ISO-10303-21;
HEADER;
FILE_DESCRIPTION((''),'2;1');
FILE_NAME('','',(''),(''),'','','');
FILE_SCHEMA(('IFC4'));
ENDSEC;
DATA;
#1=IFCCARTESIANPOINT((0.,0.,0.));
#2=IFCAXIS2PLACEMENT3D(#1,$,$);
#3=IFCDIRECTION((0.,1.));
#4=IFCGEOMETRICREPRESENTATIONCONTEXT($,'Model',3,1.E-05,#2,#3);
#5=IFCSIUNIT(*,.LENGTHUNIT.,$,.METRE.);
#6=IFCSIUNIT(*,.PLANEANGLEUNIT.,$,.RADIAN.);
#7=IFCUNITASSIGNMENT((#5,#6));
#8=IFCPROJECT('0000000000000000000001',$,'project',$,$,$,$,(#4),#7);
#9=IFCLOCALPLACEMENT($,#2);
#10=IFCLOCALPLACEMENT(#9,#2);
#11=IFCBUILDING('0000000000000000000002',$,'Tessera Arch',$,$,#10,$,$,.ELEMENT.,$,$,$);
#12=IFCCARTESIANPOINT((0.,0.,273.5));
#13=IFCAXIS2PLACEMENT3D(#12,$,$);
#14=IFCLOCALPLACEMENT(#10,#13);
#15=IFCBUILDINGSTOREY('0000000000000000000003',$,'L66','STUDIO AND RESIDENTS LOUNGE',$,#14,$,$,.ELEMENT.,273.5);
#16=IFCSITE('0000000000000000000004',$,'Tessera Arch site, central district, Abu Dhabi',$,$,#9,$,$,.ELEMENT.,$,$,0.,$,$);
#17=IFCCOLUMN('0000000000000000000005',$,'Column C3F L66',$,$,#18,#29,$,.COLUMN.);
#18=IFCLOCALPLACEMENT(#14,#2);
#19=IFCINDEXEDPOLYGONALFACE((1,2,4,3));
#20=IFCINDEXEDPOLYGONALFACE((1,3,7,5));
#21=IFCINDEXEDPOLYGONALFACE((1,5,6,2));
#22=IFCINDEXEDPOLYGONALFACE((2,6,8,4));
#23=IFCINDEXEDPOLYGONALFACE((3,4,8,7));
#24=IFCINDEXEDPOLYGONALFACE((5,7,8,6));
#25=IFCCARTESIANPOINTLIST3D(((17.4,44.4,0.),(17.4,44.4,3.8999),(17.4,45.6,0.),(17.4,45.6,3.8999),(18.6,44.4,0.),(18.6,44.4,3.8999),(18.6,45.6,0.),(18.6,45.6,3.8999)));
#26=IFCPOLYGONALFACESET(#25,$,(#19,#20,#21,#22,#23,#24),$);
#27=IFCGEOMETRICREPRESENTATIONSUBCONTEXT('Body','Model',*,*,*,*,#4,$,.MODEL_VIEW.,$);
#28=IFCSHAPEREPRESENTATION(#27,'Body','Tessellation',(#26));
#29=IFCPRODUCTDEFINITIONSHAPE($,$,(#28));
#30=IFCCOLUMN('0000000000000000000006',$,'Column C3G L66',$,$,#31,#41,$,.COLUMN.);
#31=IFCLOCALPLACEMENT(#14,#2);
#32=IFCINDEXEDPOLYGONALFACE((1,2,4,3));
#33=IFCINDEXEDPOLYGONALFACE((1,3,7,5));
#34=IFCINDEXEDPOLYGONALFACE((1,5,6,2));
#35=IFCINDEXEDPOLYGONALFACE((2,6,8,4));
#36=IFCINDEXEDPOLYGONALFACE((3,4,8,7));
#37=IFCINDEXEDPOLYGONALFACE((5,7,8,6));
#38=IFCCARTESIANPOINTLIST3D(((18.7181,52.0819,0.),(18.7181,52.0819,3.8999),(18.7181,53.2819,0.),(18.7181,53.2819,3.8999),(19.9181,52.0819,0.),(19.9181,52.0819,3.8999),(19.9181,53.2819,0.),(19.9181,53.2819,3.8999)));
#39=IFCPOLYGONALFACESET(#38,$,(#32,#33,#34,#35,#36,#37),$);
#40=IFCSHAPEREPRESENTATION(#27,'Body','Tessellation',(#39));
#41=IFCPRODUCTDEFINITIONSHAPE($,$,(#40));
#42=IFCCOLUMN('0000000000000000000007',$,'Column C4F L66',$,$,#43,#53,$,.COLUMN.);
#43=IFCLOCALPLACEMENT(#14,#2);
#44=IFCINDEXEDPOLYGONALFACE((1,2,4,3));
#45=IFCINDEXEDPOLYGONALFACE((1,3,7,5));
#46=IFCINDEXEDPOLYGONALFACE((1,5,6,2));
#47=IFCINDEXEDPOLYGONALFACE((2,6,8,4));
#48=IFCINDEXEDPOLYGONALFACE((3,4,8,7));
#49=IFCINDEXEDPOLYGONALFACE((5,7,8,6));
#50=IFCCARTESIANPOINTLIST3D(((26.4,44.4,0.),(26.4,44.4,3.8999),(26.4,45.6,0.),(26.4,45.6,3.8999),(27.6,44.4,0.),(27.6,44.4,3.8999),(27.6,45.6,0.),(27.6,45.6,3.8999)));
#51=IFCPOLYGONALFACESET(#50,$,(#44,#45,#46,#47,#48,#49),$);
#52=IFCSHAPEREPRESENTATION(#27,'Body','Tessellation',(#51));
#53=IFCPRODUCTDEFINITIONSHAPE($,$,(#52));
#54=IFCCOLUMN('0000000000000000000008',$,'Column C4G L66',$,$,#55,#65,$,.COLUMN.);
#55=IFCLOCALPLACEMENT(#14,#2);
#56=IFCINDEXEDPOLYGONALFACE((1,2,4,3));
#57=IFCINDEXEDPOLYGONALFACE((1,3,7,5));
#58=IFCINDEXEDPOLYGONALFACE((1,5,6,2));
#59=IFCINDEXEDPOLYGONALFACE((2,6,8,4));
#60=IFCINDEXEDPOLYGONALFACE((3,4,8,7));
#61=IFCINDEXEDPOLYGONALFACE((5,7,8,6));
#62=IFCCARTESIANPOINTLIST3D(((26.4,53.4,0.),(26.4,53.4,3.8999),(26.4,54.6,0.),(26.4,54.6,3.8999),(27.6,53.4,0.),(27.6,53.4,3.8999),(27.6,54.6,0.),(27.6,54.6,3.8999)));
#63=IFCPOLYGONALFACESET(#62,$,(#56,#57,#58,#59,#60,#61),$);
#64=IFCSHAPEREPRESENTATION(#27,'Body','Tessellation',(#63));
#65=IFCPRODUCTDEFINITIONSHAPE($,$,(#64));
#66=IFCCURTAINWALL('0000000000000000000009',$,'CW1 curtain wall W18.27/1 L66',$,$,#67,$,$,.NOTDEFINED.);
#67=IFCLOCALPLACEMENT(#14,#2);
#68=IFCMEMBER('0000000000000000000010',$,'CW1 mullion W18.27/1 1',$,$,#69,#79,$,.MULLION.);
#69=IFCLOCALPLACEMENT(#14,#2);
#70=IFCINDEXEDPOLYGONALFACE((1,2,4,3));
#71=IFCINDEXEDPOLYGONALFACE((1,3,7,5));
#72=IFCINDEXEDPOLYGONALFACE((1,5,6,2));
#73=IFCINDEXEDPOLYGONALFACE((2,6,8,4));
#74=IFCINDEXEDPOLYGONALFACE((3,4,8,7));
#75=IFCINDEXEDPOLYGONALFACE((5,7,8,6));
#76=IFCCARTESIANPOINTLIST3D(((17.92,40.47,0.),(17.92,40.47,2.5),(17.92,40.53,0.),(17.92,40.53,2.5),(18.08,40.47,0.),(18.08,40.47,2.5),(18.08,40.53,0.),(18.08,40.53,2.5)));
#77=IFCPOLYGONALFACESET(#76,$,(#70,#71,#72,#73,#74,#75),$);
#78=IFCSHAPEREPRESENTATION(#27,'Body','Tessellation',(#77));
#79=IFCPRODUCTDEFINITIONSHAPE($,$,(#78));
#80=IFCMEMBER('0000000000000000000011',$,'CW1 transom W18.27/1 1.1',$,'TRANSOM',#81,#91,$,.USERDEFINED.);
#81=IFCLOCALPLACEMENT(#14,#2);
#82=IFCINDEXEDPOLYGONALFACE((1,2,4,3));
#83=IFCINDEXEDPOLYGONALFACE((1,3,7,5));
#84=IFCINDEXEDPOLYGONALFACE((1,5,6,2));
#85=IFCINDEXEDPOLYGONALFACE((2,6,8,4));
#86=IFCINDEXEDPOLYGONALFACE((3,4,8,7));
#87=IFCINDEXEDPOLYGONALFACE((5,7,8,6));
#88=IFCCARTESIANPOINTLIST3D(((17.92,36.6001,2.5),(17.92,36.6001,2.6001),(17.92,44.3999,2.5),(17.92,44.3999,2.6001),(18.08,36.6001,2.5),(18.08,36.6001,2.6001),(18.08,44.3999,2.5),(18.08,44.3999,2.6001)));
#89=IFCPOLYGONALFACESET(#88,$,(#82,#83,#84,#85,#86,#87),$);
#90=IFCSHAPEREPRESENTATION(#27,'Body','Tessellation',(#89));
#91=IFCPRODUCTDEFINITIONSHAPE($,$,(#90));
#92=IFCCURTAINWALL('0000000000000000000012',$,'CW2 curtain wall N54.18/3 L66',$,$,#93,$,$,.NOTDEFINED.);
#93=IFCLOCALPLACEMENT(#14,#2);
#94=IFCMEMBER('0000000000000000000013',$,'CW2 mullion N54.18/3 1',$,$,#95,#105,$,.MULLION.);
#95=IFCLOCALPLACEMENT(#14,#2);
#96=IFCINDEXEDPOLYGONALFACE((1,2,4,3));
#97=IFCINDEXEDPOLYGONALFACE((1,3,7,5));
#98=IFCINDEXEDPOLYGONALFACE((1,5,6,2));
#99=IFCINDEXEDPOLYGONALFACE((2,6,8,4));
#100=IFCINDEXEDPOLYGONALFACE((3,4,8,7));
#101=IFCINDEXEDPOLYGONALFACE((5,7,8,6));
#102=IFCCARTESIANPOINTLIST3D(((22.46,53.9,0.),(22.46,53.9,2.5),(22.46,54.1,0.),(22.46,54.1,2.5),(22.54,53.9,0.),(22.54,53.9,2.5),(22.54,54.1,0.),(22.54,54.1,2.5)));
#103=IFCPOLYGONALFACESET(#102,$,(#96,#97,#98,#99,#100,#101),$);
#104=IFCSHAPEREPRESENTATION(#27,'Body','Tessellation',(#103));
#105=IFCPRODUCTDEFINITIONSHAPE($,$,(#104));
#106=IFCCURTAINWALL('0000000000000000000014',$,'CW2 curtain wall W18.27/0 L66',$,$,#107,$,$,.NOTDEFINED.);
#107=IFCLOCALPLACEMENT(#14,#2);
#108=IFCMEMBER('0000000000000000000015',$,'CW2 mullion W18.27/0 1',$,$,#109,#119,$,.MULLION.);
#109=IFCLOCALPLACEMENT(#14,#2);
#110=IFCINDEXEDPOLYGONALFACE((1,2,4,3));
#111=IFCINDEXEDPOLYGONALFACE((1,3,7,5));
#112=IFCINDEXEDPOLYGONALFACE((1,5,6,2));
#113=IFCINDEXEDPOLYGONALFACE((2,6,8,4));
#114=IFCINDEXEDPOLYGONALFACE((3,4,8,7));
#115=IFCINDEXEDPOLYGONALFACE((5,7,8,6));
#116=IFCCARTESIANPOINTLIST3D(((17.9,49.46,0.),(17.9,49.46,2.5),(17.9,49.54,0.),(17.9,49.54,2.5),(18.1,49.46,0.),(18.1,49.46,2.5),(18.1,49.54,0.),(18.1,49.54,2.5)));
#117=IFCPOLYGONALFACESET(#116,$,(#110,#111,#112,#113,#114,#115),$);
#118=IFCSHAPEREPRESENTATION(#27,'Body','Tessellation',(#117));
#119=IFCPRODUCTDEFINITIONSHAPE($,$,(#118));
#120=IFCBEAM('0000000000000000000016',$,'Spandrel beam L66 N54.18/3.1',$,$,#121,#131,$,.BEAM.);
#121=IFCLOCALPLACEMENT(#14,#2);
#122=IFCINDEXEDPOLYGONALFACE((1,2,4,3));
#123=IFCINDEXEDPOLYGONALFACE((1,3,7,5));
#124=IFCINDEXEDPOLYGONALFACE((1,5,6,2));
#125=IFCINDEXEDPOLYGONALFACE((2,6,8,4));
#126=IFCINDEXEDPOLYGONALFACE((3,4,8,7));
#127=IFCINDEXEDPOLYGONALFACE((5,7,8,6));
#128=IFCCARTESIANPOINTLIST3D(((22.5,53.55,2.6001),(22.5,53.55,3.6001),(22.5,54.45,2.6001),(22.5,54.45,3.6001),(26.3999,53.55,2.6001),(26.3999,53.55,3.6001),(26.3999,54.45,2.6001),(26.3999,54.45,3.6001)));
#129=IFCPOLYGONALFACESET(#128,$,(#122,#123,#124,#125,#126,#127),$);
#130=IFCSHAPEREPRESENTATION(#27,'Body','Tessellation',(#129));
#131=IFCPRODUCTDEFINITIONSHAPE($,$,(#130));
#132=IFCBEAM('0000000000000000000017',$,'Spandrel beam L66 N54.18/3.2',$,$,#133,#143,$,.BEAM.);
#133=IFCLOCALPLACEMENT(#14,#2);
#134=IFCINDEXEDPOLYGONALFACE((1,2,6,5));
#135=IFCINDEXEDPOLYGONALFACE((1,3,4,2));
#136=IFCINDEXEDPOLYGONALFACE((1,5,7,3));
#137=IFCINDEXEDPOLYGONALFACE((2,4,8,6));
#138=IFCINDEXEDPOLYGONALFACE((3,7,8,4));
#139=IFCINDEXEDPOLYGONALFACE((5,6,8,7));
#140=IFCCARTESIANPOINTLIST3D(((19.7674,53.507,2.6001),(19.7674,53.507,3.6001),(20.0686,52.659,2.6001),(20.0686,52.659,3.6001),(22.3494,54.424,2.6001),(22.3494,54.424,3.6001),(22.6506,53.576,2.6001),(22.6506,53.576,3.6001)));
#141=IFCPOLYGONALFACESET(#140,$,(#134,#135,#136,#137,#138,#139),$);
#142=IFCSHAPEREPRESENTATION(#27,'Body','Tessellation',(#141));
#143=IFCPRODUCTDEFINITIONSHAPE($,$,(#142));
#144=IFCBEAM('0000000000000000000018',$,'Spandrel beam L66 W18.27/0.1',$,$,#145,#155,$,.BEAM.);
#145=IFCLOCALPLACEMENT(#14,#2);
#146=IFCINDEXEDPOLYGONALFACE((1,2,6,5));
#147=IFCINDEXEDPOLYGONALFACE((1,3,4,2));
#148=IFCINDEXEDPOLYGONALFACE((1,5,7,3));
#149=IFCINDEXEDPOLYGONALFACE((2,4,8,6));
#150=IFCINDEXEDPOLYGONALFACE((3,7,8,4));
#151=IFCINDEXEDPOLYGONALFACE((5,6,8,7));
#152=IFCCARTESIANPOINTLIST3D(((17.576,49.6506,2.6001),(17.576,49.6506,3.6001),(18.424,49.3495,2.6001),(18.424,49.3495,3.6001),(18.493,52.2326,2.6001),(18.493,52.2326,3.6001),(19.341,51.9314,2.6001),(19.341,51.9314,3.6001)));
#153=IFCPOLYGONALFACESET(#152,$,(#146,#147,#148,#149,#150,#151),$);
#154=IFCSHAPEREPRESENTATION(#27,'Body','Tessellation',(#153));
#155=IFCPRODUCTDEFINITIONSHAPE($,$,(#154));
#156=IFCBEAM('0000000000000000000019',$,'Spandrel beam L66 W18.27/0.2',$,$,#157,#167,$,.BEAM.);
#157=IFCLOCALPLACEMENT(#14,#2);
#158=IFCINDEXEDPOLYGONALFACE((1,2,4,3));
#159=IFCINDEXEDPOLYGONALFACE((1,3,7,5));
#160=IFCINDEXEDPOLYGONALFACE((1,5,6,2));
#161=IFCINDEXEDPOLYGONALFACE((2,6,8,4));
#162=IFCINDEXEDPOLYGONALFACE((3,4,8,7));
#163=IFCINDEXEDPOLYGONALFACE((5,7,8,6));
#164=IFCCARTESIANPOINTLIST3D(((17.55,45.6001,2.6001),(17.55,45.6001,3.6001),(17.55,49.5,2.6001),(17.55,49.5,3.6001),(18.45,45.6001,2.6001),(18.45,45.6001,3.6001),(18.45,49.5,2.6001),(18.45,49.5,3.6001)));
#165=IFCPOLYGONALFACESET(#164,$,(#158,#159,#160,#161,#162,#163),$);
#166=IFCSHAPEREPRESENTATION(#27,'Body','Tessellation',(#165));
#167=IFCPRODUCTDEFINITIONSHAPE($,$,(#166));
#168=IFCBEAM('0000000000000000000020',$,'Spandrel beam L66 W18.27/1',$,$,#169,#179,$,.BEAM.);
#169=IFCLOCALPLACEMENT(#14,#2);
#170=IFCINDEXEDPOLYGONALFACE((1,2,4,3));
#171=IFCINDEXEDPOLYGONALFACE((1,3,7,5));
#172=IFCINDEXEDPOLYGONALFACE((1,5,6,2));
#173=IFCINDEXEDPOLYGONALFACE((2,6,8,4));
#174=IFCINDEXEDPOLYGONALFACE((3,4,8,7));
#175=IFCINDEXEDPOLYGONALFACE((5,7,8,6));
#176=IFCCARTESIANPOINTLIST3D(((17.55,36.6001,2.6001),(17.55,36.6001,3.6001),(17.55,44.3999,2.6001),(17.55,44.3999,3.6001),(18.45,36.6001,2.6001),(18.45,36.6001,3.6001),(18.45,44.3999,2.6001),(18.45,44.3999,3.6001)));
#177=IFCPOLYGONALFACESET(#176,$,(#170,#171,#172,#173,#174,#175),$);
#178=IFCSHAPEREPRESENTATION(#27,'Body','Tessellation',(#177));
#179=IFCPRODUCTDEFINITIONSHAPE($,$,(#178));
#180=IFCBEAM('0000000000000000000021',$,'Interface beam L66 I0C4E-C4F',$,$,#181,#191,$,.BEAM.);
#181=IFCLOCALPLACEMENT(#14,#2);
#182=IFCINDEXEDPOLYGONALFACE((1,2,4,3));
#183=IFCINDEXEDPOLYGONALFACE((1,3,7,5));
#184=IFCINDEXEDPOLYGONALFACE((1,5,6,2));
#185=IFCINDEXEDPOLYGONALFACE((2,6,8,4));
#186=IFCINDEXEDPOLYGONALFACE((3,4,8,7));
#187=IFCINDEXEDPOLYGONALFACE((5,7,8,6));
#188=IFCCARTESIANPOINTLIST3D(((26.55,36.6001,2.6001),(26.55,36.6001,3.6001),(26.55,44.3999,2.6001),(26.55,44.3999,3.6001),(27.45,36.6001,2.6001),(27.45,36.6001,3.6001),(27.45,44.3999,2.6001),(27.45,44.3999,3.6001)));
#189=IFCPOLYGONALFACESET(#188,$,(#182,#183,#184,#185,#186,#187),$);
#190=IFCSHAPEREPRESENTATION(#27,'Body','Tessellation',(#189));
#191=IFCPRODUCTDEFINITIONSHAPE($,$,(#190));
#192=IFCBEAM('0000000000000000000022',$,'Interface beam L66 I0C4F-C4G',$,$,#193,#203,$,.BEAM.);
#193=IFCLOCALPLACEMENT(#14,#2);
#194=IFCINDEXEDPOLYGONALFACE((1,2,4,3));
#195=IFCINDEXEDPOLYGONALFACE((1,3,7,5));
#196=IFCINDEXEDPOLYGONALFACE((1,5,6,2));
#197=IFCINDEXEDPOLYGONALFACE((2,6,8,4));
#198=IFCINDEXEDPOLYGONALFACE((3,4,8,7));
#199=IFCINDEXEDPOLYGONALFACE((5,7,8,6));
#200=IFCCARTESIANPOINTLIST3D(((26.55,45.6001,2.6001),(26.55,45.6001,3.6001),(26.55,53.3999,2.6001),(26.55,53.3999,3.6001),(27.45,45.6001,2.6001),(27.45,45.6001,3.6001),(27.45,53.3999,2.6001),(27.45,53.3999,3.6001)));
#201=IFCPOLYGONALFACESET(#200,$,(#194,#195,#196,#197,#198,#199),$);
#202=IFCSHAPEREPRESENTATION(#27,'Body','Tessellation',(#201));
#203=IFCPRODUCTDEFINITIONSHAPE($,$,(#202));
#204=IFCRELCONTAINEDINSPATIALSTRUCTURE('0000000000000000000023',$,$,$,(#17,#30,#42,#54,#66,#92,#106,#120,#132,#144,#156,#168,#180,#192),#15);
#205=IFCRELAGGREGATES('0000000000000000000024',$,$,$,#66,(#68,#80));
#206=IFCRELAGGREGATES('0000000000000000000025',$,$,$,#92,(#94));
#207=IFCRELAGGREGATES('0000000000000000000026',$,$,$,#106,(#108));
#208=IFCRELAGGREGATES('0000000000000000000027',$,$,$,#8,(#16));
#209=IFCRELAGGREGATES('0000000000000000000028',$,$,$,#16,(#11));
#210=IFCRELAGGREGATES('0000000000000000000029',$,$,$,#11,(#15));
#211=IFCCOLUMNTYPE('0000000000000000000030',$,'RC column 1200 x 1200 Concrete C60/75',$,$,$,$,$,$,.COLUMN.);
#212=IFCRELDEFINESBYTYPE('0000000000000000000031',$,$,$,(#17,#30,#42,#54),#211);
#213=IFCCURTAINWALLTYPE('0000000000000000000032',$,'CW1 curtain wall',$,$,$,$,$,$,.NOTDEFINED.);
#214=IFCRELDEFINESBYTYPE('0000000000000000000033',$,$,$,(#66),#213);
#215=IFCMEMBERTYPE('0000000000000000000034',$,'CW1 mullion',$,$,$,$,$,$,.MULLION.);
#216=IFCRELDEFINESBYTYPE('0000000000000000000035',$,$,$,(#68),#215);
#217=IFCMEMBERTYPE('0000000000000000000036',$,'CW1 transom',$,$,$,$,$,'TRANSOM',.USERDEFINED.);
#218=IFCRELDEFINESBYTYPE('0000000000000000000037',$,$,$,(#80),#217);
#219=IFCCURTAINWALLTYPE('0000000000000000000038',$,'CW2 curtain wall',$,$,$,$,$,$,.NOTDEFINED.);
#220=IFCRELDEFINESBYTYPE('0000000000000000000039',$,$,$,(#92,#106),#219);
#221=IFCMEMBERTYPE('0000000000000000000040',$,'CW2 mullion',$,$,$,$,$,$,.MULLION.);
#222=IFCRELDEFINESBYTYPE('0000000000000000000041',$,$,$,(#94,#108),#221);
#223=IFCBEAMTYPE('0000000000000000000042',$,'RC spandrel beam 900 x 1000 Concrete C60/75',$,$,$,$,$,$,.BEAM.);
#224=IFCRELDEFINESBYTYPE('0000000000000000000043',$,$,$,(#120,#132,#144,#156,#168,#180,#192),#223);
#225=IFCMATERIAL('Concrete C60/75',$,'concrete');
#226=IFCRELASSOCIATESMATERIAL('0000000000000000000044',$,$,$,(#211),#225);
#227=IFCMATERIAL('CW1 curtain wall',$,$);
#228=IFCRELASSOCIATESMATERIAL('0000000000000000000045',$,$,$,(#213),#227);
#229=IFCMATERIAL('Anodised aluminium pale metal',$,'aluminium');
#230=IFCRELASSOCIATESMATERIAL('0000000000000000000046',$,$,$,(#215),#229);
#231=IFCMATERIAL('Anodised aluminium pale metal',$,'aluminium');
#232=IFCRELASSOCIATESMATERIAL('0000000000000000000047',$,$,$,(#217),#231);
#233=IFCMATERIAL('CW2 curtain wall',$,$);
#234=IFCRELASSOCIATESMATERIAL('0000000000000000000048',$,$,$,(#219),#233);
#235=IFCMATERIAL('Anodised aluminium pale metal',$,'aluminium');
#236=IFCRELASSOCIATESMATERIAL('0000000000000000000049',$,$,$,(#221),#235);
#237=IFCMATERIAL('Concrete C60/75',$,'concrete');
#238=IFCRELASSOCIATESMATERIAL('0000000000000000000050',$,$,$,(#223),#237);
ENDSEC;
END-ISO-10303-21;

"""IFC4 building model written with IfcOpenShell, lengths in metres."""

from ifc_helpers import new_model, si_unit, direction, frame, origin, origin_2d, place, context, subcontext, project, spatial, rectangle, extrude, material, material_profile, profile_set, type_object, element, aggregate, save


model = new_model("IFC4")

# Units and contexts
model_context = context("Model", 3, precision=1e-05, world=origin(), true_north=direction((0.0, 1.0)))
body_context = subcontext(model_context, "Body", "Model", "MODEL_VIEW")
ifc_project = project(units=[si_unit("LENGTHUNIT", "METRE"), si_unit("PLANEANGLEUNIT", "RADIAN")], contexts=[model_context])

# Site, building, storey
site_placement = place(None, origin())
site = spatial("IfcSite", under=ifc_project, at=site_placement, Name="Tessera Arch site, central district, Abu Dhabi", CompositionType="ELEMENT", RefElevation=0.0)
building_placement = place(site_placement, origin())
building = spatial("IfcBuilding", under=site, at=building_placement, Name="Tessera Arch", CompositionType="ELEMENT")
storey_placement = place(building_placement, frame((0.0, 0.0, 273.5)))
storey = spatial("IfcBuildingStorey", under=building, at=storey_placement, Name="L66", Description="STUDIO AND RESIDENTS LOUNGE", CompositionType="ELEMENT", Elevation=273.5)

# Columns
ifc_material_1 = material(Name="Concrete C60/75", Category="concrete")
ifc_material_profile_1 = material_profile(ifc_material_1, rectangle(XDim=1.2, YDim=1.2, at=origin_2d()), Name="RC column 1200 x 1200 Concrete C60/75")
ifc_profile_set_1 = profile_set([ifc_material_profile_1], Name="Concrete C60/75")
column_type = type_object("IfcColumnType", Name="RC column 1200 x 1200 Concrete C60/75", PredefinedType="COLUMN", material=ifc_profile_set_1)
for number, where, z_axis, x_axis, name in (
    (1, (18.0, 45.0, 0.0), (0.0, 0.0, 1.0), (1.0, 0.0, 0.0), "Column C3F L66"),
    (2, (19.3181, 52.6819, 0.0), (0.0, 0.0, 1.0), (1.0, 0.0, 0.0), "Column C3G L66"),
    (3, (27.0, 45.0, 0.0), (0.0, 0.0, 1.0), (1.0, 0.0, 0.0), "Column C4F L66"),
    (4, (27.0, 54.0, 0.0), (0.0, 0.0, 1.0), (1.0, 0.0, 0.0), "Column C4G L66"),
):
    element("IfcColumn", number, at=place(storey_placement, frame(where, z_axis=z_axis, x_axis=x_axis)), inside=storey, type_object=column_type, Name=name, PredefinedType="COLUMN", context=body_context, shape_type="SweptSolid", body=[
        extrude(rectangle(XDim=1.2, YDim=1.2, at=origin_2d()), origin(), (0.0, 0.0, 1.0), 3.8999),
    ])

# Curtain wall, members
ifc_material_2 = material(Name="CW1 curtain wall")
curtain_wall_type_1 = type_object("IfcCurtainWallType", Name="CW1 curtain wall", PredefinedType="NOTDEFINED", material=ifc_material_2)
curtain_wall_1_placement = place(storey_placement, origin())
curtain_wall_1 = element("IfcCurtainWall", 5, at=curtain_wall_1_placement, inside=storey, type_object=curtain_wall_type_1, Name="CW1 curtain wall W18.27/1 L66", PredefinedType="NOTDEFINED")
ifc_material_3 = material(Name="Anodised aluminium pale metal", Category="aluminium")
ifc_material_profile_2 = material_profile(ifc_material_3, rectangle(XDim=0.1599, YDim=0.0601, at=origin_2d()), Name="AL 60x160")
ifc_profile_set_2 = profile_set([ifc_material_profile_2], Name="Anodised aluminium pale metal")
member_type_1 = type_object("IfcMemberType", Name="CW1 mullion", PredefinedType="MULLION", material=ifc_profile_set_2)
member_1_placement = place(storey_placement, frame((18.0, 40.5, 0.0), z_axis=(0.0, 0.0, 1.0), x_axis=(1.0, 0.0, 0.0)))
member_1 = element("IfcMember", 6, at=member_1_placement, type_object=member_type_1, Name="CW1 mullion W18.27/1 1", PredefinedType="MULLION", context=body_context, shape_type="SweptSolid", body=[
    extrude(rectangle(XDim=0.1599, YDim=0.0601, at=origin_2d()), origin(), (0.0, 0.0, 1.0), 2.5),
])
ifc_material_4 = material(Name="Anodised aluminium pale metal", Category="aluminium")
ifc_material_profile_3 = material_profile(ifc_material_4, rectangle(XDim=0.1599, YDim=0.1001, at=origin_2d()), Name="AL 160x100")
ifc_profile_set_3 = profile_set([ifc_material_profile_3], Name="Anodised aluminium pale metal")
member_type_2 = type_object("IfcMemberType", Name="CW1 transom", ElementType="TRANSOM", PredefinedType="USERDEFINED", material=ifc_profile_set_3)
member_2_placement = place(storey_placement, frame((18.0, 44.3999, 2.55), z_axis=(0.0, -1.0, 0.0), x_axis=(1.0, 0.0, 0.0)))
member_2 = element("IfcMember", 7, at=member_2_placement, type_object=member_type_2, Name="CW1 transom W18.27/1 1.1", ObjectType="TRANSOM", PredefinedType="USERDEFINED", context=body_context, shape_type="SweptSolid", body=[
    extrude(rectangle(XDim=0.1599, YDim=0.1001, at=origin_2d()), origin(), (0.0, 0.0, 1.0), 7.7998),
])

# Curtain walls, members
ifc_material_5 = material(Name="CW2 curtain wall")
curtain_wall_type_2 = type_object("IfcCurtainWallType", Name="CW2 curtain wall", PredefinedType="NOTDEFINED", material=ifc_material_5)
curtain_wall_2_placement = place(storey_placement, origin())
curtain_wall_2 = element("IfcCurtainWall", 8, at=curtain_wall_2_placement, inside=storey, type_object=curtain_wall_type_2, Name="CW2 curtain wall N54.18/3 L66", PredefinedType="NOTDEFINED")
ifc_material_6 = material(Name="Anodised aluminium pale metal", Category="aluminium")
ifc_material_profile_4 = material_profile(ifc_material_6, rectangle(XDim=0.2, YDim=0.0801, at=origin_2d()), Name="AL 80x200")
ifc_profile_set_4 = profile_set([ifc_material_profile_4], Name="Anodised aluminium pale metal")
member_type_3 = type_object("IfcMemberType", Name="CW2 mullion", PredefinedType="MULLION", material=ifc_profile_set_4)
member_3_placement = place(storey_placement, frame((22.5, 54.0, 0.0), z_axis=(0.0, 0.0, 1.0), x_axis=(0.0, -1.0, 0.0)))
member_3 = element("IfcMember", 9, at=member_3_placement, type_object=member_type_3, Name="CW2 mullion N54.18/3 1", PredefinedType="MULLION", context=body_context, shape_type="SweptSolid", body=[
    extrude(rectangle(XDim=0.2, YDim=0.0801, at=origin_2d()), origin(), (0.0, 0.0, 1.0), 2.5),
])
curtain_wall_3_placement = place(storey_placement, origin())
curtain_wall_3 = element("IfcCurtainWall", 10, at=curtain_wall_3_placement, inside=storey, type_object=curtain_wall_type_2, Name="CW2 curtain wall W18.27/0 L66", PredefinedType="NOTDEFINED")
member_4_placement = place(storey_placement, frame((18.0, 49.5, 0.0), z_axis=(0.0, 0.0, 1.0), x_axis=(1.0, 0.0, 0.0)))
member_4 = element("IfcMember", 11, at=member_4_placement, type_object=member_type_3, Name="CW2 mullion W18.27/0 1", PredefinedType="MULLION", context=body_context, shape_type="SweptSolid", body=[
    extrude(rectangle(XDim=0.2, YDim=0.0801, at=origin_2d()), origin(), (0.0, 0.0, 1.0), 2.5),
])

# Beams
ifc_material_7 = material(Name="Concrete C60/75", Category="concrete")
ifc_material_profile_5 = material_profile(ifc_material_7, rectangle(XDim=0.8999, YDim=1.0, at=origin_2d()), Name="RC spandrel beam 900 x 1000 Concrete C60/75")
ifc_profile_set_5 = profile_set([ifc_material_profile_5], Name="Concrete C60/75")
beam_type = type_object("IfcBeamType", Name="RC spandrel beam 900 x 1000 Concrete C60/75", PredefinedType="BEAM", material=ifc_profile_set_5)
beam_1_placement = place(storey_placement, frame((26.3999, 54.0, 3.1001), z_axis=(-1.0, 0.0, 0.0), x_axis=(0.0, -1.0, 0.0)))
element("IfcBeam", 12, at=beam_1_placement, inside=storey, type_object=beam_type, Name="Spandrel beam L66 N54.18/3.1", PredefinedType="BEAM", context=body_context, shape_type="SweptSolid", body=[
    extrude(rectangle(XDim=0.8999, YDim=1.0, at=origin_2d()), origin(), (0.0, 0.0, 1.0), 3.8999),
])
for number, where, z_axis, x_axis, name in (
    (13, (22.5, 54.0, 3.1001), (-0.942337, -0.334665, 0.0), (0.334665, -0.942337, 0.0), "Spandrel beam L66 N54.18/3.2"),
    (14, (18.917, 52.082, 3.1001), (-0.334665, -0.942337, 0.0), (0.942337, -0.334665, 0.0), "Spandrel beam L66 W18.27/0.1"),
):
    element("IfcBeam", number, at=place(storey_placement, frame(where, z_axis=z_axis, x_axis=x_axis)), inside=storey, type_object=beam_type, Name=name, PredefinedType="BEAM", context=body_context, shape_type="SweptSolid", body=[
        extrude(rectangle(XDim=0.8999, YDim=1.0, at=origin_2d()), origin(), (0.0, 0.0, 1.0), 2.74),
    ])
beam_2_placement = place(storey_placement, frame((18.0, 49.5, 3.1001), z_axis=(0.0, -1.0, 0.0), x_axis=(1.0, 0.0, 0.0)))
element("IfcBeam", 15, at=beam_2_placement, inside=storey, type_object=beam_type, Name="Spandrel beam L66 W18.27/0.2", PredefinedType="BEAM", context=body_context, shape_type="SweptSolid", body=[
    extrude(rectangle(XDim=0.8999, YDim=1.0, at=origin_2d()), origin(), (0.0, 0.0, 1.0), 3.8999),
])
for number, where, z_axis, x_axis, name in (
    (16, (18.0, 44.3999, 3.1001), (0.0, -1.0, 0.0), (1.0, 0.0, 0.0), "Spandrel beam L66 W18.27/1"),
    (17, (27.0, 36.6001, 3.1001), (0.0, 1.0, 0.0), (-1.0, 0.0, 0.0), "Interface beam L66 I0C4E-C4F"),
    (18, (27.0, 45.6001, 3.1001), (0.0, 1.0, 0.0), (-1.0, 0.0, 0.0), "Interface beam L66 I0C4F-C4G"),
):
    element("IfcBeam", number, at=place(storey_placement, frame(where, z_axis=z_axis, x_axis=x_axis)), inside=storey, type_object=beam_type, Name=name, PredefinedType="BEAM", context=body_context, shape_type="SweptSolid", body=[
        extrude(rectangle(XDim=0.8999, YDim=1.0, at=origin_2d()), origin(), (0.0, 0.0, 1.0), 7.7998),
    ])

aggregate(curtain_wall_1, [member_1, member_2])
aggregate(curtain_wall_2, [member_3])
aggregate(curtain_wall_3, [member_4])

save(model, "model.ifc")
